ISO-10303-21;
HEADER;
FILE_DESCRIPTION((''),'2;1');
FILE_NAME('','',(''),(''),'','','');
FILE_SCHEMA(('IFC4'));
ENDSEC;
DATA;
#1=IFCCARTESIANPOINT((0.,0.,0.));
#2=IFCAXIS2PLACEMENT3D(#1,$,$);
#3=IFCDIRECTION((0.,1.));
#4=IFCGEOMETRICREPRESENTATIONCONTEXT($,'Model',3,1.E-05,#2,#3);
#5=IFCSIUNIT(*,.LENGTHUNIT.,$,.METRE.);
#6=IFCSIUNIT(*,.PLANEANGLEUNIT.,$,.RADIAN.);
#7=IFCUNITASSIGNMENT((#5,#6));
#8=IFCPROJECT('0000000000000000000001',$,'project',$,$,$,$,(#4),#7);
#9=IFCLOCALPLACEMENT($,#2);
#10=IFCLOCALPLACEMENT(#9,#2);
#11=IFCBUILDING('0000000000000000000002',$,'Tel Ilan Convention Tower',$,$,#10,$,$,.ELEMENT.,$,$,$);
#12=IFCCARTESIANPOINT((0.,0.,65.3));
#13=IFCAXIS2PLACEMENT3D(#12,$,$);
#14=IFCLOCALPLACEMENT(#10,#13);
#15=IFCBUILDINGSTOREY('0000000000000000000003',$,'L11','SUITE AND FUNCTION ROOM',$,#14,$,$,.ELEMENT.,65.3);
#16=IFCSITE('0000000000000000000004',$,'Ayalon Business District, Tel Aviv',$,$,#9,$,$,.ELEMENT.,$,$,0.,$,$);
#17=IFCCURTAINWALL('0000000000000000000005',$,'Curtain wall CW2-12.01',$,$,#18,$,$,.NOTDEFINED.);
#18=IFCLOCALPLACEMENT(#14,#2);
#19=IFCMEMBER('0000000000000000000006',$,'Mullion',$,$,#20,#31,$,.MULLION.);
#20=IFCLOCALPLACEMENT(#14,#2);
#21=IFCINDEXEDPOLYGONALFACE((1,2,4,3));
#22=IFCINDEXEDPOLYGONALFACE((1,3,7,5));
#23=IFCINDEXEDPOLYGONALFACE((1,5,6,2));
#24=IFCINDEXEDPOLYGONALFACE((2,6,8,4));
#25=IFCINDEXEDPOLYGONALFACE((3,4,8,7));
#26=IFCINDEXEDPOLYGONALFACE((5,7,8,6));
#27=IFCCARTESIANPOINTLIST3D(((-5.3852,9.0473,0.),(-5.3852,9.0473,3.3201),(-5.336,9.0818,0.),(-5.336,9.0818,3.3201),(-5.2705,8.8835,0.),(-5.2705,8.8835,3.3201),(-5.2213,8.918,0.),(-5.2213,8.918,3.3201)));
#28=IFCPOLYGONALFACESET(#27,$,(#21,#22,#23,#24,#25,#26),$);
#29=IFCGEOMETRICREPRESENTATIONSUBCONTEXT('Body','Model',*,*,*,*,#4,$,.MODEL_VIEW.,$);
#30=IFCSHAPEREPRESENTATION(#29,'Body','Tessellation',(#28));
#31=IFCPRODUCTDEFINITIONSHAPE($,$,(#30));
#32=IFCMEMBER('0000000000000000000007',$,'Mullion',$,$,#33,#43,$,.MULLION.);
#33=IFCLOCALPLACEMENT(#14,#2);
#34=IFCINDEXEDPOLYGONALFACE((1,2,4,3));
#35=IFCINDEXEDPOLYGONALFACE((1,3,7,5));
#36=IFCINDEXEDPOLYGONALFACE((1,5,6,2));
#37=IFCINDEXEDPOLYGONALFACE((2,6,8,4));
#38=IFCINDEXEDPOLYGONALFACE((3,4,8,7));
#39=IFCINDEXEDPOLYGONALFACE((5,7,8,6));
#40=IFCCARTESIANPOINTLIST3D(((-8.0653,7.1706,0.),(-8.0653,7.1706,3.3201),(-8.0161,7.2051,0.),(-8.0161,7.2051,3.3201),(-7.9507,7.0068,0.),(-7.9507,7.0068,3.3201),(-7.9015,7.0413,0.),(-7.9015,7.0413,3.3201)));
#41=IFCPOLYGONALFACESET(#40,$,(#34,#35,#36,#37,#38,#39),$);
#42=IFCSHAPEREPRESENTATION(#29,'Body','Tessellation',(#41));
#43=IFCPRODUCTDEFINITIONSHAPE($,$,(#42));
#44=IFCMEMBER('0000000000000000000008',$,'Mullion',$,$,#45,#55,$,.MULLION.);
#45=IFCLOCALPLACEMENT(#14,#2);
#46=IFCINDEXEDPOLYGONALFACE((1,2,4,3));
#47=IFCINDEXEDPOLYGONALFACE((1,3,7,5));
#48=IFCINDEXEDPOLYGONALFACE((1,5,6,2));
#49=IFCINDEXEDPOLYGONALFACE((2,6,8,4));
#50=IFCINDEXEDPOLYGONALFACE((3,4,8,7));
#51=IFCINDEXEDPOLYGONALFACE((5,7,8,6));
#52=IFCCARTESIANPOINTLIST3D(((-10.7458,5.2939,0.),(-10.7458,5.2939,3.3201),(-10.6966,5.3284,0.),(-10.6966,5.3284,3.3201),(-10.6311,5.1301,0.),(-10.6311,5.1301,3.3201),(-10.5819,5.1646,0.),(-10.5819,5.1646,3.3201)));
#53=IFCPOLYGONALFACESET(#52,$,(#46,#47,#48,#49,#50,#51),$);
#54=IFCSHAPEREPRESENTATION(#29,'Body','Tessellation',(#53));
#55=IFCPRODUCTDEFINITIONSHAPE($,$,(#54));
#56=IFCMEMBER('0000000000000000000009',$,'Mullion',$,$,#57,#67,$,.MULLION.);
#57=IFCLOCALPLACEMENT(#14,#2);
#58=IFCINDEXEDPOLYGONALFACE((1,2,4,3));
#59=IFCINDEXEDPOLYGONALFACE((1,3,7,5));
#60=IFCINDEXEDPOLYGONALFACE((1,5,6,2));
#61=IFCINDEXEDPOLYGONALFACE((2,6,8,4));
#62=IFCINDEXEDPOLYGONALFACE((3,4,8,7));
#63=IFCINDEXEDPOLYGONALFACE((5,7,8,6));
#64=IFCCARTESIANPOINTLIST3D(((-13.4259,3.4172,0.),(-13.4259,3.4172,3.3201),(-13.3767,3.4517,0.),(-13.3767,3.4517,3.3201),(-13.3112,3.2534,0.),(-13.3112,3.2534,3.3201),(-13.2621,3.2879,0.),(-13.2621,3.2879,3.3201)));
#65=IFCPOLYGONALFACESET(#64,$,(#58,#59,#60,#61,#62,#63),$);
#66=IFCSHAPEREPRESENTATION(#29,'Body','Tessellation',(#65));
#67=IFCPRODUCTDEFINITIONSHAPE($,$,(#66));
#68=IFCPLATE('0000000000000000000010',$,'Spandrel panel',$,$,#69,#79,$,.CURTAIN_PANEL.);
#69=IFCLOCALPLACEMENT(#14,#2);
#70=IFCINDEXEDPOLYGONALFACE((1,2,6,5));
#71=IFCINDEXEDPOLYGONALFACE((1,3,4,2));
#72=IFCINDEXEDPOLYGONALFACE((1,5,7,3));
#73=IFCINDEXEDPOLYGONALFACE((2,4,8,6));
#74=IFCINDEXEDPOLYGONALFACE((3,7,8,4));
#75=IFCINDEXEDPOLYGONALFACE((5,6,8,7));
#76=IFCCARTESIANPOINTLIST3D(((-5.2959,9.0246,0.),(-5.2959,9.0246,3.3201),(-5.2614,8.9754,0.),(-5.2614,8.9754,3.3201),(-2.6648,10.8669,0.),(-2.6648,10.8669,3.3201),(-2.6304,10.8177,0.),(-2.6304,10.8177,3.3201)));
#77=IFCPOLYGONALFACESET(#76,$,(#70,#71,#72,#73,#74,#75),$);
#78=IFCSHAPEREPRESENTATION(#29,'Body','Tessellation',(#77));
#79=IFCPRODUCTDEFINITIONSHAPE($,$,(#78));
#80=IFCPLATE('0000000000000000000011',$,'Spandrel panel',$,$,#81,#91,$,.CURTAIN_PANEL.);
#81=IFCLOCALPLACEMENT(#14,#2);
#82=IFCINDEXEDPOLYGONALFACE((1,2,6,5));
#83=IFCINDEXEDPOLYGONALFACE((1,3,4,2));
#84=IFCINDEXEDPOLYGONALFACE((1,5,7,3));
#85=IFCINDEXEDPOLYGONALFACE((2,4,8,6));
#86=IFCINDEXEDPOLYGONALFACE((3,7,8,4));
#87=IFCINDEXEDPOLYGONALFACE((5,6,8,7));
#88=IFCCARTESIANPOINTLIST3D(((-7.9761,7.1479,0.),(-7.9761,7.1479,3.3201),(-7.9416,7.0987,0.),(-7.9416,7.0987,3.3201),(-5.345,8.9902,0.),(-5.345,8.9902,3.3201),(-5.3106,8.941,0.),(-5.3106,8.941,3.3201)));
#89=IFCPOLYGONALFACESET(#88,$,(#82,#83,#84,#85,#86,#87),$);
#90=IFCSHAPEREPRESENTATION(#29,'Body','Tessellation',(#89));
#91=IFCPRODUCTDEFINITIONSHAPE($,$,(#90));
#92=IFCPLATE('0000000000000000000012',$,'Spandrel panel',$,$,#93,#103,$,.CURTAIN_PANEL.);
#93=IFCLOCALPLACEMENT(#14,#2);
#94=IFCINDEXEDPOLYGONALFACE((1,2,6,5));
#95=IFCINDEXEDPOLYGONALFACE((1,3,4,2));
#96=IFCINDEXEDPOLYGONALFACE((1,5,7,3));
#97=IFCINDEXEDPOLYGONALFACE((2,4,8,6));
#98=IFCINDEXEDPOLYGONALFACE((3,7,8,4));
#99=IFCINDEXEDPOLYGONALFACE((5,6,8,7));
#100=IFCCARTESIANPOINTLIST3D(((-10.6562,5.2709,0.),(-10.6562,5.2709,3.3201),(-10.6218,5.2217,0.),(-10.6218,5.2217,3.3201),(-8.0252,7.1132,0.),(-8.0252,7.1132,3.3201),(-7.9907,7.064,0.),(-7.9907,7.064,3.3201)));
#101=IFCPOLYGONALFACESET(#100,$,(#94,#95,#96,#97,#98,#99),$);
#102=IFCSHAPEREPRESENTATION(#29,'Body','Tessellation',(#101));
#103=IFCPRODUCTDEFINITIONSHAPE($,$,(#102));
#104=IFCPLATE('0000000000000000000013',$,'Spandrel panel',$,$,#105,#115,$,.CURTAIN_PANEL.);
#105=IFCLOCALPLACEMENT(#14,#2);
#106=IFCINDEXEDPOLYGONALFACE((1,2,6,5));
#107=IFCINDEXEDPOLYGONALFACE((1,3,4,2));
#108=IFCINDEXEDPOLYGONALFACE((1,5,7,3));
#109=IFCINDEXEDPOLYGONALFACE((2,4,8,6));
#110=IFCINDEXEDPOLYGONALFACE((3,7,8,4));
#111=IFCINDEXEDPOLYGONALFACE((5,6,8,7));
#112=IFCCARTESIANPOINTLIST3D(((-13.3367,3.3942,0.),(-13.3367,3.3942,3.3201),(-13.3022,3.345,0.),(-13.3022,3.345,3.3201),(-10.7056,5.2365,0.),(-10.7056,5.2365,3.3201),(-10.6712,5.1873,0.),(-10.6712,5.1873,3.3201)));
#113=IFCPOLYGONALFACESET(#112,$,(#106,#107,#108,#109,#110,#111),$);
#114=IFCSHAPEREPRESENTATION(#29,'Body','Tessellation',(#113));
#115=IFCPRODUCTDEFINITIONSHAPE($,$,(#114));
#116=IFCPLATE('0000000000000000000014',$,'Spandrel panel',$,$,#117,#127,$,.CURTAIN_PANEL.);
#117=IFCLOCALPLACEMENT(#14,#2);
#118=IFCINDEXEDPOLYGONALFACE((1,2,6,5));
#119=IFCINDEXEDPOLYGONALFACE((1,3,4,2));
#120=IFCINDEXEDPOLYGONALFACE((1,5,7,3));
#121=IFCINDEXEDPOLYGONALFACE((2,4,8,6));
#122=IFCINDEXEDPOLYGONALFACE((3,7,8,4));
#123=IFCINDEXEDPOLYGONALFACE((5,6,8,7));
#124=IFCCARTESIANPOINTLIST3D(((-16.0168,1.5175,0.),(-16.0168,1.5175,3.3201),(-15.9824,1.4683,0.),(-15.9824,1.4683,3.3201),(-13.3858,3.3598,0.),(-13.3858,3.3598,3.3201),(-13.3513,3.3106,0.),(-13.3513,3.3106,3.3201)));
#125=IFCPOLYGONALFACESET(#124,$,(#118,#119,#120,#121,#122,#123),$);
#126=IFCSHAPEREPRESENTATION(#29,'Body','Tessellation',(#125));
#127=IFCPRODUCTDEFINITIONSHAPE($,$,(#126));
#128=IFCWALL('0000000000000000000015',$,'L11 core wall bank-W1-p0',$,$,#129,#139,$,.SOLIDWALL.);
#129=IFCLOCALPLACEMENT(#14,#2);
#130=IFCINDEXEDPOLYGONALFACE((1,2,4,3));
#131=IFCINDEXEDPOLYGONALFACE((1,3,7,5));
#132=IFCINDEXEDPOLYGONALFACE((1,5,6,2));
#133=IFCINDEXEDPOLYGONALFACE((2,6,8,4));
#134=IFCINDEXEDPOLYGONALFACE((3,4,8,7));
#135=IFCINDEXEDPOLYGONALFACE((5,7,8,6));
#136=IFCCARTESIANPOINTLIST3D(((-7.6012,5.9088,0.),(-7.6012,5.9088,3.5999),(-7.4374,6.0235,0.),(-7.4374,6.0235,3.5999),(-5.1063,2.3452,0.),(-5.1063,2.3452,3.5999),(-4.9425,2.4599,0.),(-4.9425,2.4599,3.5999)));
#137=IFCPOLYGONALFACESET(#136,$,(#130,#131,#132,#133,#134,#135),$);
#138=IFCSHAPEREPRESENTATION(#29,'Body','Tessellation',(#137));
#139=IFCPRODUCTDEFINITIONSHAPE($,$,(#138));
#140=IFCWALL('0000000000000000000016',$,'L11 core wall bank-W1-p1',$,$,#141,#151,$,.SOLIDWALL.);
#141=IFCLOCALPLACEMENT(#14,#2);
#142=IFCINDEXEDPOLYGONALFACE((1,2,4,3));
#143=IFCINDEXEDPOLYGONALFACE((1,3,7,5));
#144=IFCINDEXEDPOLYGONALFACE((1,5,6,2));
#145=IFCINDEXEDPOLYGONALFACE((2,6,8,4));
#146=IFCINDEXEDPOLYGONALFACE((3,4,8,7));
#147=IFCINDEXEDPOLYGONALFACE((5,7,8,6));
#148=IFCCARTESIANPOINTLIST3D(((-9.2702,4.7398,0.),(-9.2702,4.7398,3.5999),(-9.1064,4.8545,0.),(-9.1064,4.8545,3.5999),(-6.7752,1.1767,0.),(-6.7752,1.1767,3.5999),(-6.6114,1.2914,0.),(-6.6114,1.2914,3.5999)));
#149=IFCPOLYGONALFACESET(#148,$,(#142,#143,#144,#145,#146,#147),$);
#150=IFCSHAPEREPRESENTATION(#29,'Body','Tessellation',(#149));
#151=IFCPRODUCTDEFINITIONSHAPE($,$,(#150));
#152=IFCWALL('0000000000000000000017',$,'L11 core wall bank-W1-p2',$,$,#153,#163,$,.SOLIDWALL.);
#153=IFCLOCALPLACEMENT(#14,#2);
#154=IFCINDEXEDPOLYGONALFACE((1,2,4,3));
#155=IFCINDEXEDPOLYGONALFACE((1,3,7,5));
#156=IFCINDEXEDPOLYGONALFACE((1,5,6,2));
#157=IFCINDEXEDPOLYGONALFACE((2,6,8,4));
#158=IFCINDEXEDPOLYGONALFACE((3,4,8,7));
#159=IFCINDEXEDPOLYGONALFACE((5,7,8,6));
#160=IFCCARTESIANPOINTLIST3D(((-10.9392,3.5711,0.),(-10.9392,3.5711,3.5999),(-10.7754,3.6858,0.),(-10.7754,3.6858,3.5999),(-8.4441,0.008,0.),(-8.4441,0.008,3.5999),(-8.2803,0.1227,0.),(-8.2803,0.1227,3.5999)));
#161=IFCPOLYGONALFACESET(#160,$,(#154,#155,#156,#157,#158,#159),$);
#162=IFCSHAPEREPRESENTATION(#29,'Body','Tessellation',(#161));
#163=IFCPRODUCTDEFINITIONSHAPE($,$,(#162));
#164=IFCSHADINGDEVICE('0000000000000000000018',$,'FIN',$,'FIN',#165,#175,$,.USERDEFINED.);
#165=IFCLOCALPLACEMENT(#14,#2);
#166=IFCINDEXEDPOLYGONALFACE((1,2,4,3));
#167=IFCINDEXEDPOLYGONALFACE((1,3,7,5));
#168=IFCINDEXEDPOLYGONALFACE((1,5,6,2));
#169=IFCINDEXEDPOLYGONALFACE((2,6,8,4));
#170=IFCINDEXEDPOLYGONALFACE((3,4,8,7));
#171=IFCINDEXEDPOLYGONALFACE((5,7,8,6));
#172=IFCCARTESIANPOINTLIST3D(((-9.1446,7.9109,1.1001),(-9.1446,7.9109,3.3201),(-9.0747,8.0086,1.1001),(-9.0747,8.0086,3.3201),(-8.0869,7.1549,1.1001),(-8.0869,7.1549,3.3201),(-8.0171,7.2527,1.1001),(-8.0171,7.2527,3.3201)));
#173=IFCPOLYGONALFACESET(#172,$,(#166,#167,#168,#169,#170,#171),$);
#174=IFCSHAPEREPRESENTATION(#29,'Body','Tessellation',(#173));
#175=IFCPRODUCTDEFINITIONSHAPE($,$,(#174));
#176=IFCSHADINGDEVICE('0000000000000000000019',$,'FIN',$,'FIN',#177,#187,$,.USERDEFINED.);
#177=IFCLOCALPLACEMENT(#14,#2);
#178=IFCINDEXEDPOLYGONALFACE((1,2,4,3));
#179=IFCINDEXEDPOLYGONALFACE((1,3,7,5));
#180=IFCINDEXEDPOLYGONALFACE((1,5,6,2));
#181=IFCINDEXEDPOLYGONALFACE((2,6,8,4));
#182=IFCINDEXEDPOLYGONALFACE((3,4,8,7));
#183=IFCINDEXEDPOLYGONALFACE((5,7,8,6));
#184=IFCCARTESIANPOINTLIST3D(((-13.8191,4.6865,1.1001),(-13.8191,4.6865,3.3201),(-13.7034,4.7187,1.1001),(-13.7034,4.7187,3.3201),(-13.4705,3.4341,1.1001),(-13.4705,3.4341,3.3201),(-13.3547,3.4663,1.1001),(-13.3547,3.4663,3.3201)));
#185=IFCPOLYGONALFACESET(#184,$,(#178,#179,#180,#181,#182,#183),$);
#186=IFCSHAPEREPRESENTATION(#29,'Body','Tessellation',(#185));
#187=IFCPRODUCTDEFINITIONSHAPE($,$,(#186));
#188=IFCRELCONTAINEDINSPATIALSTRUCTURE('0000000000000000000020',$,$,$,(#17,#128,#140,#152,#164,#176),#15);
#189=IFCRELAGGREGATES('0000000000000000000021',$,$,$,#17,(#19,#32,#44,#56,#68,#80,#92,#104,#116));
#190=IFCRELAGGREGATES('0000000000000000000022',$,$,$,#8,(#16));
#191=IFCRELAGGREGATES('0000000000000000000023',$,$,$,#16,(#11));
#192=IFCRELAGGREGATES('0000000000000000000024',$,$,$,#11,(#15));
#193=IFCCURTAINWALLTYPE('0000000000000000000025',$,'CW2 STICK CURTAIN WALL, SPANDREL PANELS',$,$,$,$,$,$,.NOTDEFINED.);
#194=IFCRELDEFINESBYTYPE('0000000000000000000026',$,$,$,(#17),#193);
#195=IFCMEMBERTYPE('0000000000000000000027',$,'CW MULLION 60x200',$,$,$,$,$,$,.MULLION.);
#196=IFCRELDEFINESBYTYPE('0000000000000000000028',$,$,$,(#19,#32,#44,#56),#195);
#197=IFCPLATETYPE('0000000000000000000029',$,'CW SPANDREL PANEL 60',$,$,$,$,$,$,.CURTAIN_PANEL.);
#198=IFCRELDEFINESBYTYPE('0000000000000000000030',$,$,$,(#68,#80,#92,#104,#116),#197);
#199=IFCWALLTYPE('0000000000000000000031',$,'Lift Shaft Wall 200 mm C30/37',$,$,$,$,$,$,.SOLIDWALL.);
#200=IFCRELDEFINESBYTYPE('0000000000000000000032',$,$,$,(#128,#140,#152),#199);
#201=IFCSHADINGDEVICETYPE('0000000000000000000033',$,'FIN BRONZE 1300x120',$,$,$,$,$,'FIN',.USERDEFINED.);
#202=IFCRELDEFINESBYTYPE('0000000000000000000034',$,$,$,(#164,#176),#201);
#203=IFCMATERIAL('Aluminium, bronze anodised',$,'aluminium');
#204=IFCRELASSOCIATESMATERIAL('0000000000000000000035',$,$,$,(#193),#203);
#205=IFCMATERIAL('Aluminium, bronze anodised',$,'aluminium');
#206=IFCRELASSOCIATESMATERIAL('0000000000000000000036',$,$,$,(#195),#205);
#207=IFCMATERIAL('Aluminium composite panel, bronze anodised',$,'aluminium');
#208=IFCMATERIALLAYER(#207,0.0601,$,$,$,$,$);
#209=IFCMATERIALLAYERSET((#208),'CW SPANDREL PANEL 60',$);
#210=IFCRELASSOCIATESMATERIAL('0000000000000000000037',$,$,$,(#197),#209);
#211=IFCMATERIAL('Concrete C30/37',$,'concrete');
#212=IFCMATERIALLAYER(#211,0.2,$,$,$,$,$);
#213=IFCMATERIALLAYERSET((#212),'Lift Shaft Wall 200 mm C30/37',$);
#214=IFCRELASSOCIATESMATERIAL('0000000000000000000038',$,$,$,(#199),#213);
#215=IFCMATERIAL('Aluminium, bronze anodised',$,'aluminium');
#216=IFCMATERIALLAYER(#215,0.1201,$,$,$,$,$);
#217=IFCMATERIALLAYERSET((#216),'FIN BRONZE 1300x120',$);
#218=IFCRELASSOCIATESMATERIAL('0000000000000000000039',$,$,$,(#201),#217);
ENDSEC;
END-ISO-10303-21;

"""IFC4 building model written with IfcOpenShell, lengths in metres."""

from ifc_helpers import new_model, si_unit, direction, frame, frame_2d, origin, origin_2d, place, context, subcontext, project, spatial, rectangle, extrude, material, layer, layer_set, material_profile, profile_set, type_object, element, aggregate, save


model = new_model("IFC4")

# Units and contexts
model_context = context("Model", 3, precision=1e-05, world=origin(), true_north=direction((0.0, 1.0)))
body_context = subcontext(model_context, "Body", "Model", "MODEL_VIEW")
ifc_project = project(units=[si_unit("LENGTHUNIT", "METRE"), si_unit("PLANEANGLEUNIT", "RADIAN")], contexts=[model_context])

# Site, building, storey
site_placement = place(None, origin())
site = spatial("IfcSite", under=ifc_project, at=site_placement, Name="Ayalon Business District, Tel Aviv", CompositionType="ELEMENT", RefElevation=0.0)
building_placement = place(site_placement, origin())
building = spatial("IfcBuilding", under=site, at=building_placement, Name="Tel Ilan Convention Tower", CompositionType="ELEMENT")
storey_placement = place(building_placement, frame((0.0, 0.0, 65.3)))
storey = spatial("IfcBuildingStorey", under=building, at=storey_placement, Name="L11", Description="SUITE AND FUNCTION ROOM", CompositionType="ELEMENT", Elevation=65.3)

# Curtain wall, members, plates
ifc_material_1 = material(Name="Aluminium, bronze anodised", Category="aluminium")
curtain_wall_type = type_object("IfcCurtainWallType", Name="CW2 STICK CURTAIN WALL, SPANDREL PANELS", PredefinedType="NOTDEFINED", material=ifc_material_1)
curtain_wall_placement = place(storey_placement, origin())
curtain_wall = element("IfcCurtainWall", 1, at=curtain_wall_placement, inside=storey, type_object=curtain_wall_type, Name="Curtain wall CW2-12.01", PredefinedType="NOTDEFINED")
ifc_material_2 = material(Name="Aluminium, bronze anodised", Category="aluminium")
ifc_material_profile = material_profile(ifc_material_2, rectangle(XDim=0.0601, YDim=0.2, at=origin_2d()), Name="CW MULLION 60x200")
ifc_profile_set = profile_set([ifc_material_profile], Name="Aluminium, bronze anodised")
member_type = type_object("IfcMemberType", Name="CW MULLION 60x200", PredefinedType="MULLION", material=ifc_profile_set)
member_1_placement = place(storey_placement, frame((-5.3032, 8.9827, 0.0), z_axis=(0.0, 0.0, 1.0), x_axis=(-0.819152, -0.573576, 0.0)))
member_1 = element("IfcMember", 2, at=member_1_placement, type_object=member_type, Name="Mullion", PredefinedType="MULLION", context=body_context, shape_type="SweptSolid", body=[
    extrude(rectangle(XDim=0.0601, YDim=0.2, at=origin_2d()), origin(), (0.0, 0.0, 1.0), 3.3201),
])
member_2_placement = place(storey_placement, frame((-7.9834, 7.106, 0.0), z_axis=(0.0, 0.0, 1.0), x_axis=(-0.819152, -0.573576, 0.0)))
member_2 = element("IfcMember", 3, at=member_2_placement, type_object=member_type, Name="Mullion", PredefinedType="MULLION", context=body_context, shape_type="SweptSolid", body=[
    extrude(rectangle(XDim=0.0601, YDim=0.2, at=origin_2d()), origin(), (0.0, 0.0, 1.0), 3.3201),
])
member_3_placement = place(storey_placement, frame((-10.6638, 5.2292, 0.0), z_axis=(0.0, 0.0, 1.0), x_axis=(-0.819152, -0.573576, 0.0)))
member_3 = element("IfcMember", 4, at=member_3_placement, type_object=member_type, Name="Mullion", PredefinedType="MULLION", context=body_context, shape_type="SweptSolid", body=[
    extrude(rectangle(XDim=0.0601, YDim=0.2, at=origin_2d()), origin(), (0.0, 0.0, 1.0), 3.3201),
])
member_4_placement = place(storey_placement, frame((-13.344, 3.3525, 0.0), z_axis=(0.0, 0.0, 1.0), x_axis=(-0.819152, -0.573576, 0.0)))
member_4 = element("IfcMember", 5, at=member_4_placement, type_object=member_type, Name="Mullion", PredefinedType="MULLION", context=body_context, shape_type="SweptSolid", body=[
    extrude(rectangle(XDim=0.0601, YDim=0.2, at=origin_2d()), origin(), (0.0, 0.0, 1.0), 3.3201),
])
ifc_material_3 = material(Name="Aluminium composite panel, bronze anodised", Category="aluminium")
ifc_layer_1 = layer(ifc_material_3, 0.0601)
ifc_layer_set_1 = layer_set([ifc_layer_1], Name="CW SPANDREL PANEL 60")
plate_type = type_object("IfcPlateType", Name="CW SPANDREL PANEL 60", PredefinedType="CURTAIN_PANEL", material=ifc_layer_set_1)
plate_1_placement = place(storey_placement, frame((-3.9631, 9.9211, 0.0), z_axis=(0.0, 0.0, 1.0), x_axis=(-0.819152, -0.573576, 0.0)))
plate_1 = element("IfcPlate", 6, at=plate_1_placement, type_object=plate_type, Name="Spandrel panel", PredefinedType="CURTAIN_PANEL", context=body_context, shape_type="SweptSolid", body=[
    extrude(rectangle(XDim=3.2119, YDim=0.0601, at=origin_2d()), origin(), (0.0, 0.0, 1.0), 3.3201),
])
plate_2_placement = place(storey_placement, frame((-6.6433, 8.0444, 0.0), z_axis=(0.0, 0.0, 1.0), x_axis=(-0.819152, -0.573576, 0.0)))
plate_2 = element("IfcPlate", 7, at=plate_2_placement, type_object=plate_type, Name="Spandrel panel", PredefinedType="CURTAIN_PANEL", context=body_context, shape_type="SweptSolid", body=[
    extrude(rectangle(XDim=3.2119, YDim=0.0601, at=origin_2d()), origin(), (0.0, 0.0, 1.0), 3.3201),
])
plate_3_placement = place(storey_placement, frame((-9.3235, 6.1675, 0.0), z_axis=(0.0, 0.0, 1.0), x_axis=(-0.819152, -0.573576, 0.0)))
plate_3 = element("IfcPlate", 8, at=plate_3_placement, type_object=plate_type, Name="Spandrel panel", PredefinedType="CURTAIN_PANEL", context=body_context, shape_type="SweptSolid", body=[
    extrude(rectangle(XDim=3.2119, YDim=0.0601, at=origin_2d()), origin(), (0.0, 0.0, 1.0), 3.3201),
])
plate_4_placement = place(storey_placement, frame((-12.0039, 4.2908, 0.0), z_axis=(0.0, 0.0, 1.0), x_axis=(-0.819152, -0.573576, 0.0)))
plate_4 = element("IfcPlate", 9, at=plate_4_placement, type_object=plate_type, Name="Spandrel panel", PredefinedType="CURTAIN_PANEL", context=body_context, shape_type="SweptSolid", body=[
    extrude(rectangle(XDim=3.2119, YDim=0.0601, at=origin_2d()), origin(), (0.0, 0.0, 1.0), 3.3201),
])
plate_5_placement = place(storey_placement, frame((-14.6841, 2.4141, 0.0), z_axis=(0.0, 0.0, 1.0), x_axis=(-0.819152, -0.573576, 0.0)))
plate_5 = element("IfcPlate", 10, at=plate_5_placement, type_object=plate_type, Name="Spandrel panel", PredefinedType="CURTAIN_PANEL", context=body_context, shape_type="SweptSolid", body=[
    extrude(rectangle(XDim=3.2119, YDim=0.0601, at=origin_2d()), origin(), (0.0, 0.0, 1.0), 3.3201),
])
aggregate(curtain_wall, [member_1, member_2, member_3, member_4, plate_1, plate_2, plate_3, plate_4, plate_5])

# Walls
ifc_material_4 = material(Name="Concrete C30/37", Category="concrete")
ifc_layer_2 = layer(ifc_material_4, 0.2)
ifc_layer_set_2 = layer_set([ifc_layer_2], Name="Lift Shaft Wall 200 mm C30/37")
wall_type = type_object("IfcWallType", Name="Lift Shaft Wall 200 mm C30/37", PredefinedType="SOLIDWALL", material=ifc_layer_set_2)
wall_placement = place(storey_placement, frame((-5.0244, 2.4026, 0.0), z_axis=(0.0, 0.0, 1.0), x_axis=(-0.57353, 0.819184, 0.0)))
element("IfcWall", 11, at=wall_placement, inside=storey, type_object=wall_type, Name="L11 core wall bank-W1-p0", PredefinedType="SOLIDWALL", context=body_context, shape_type="SweptSolid", body=[
    extrude(rectangle(XDim=4.3501, YDim=0.2, at=frame_2d((2.175, 0.0))), origin(), (0.0, 0.0, 1.0), 3.5999),
])
for number, where, z_axis, x_axis, name in (
    (12, (-6.6934, 1.2341, 0.0), (0.0, 0.0, 1.0), (-0.573594, 0.81914, 0.0), "L11 core wall bank-W1-p1"),
    (13, (-8.3623, 0.0654, 0.0), (0.0, 0.0, 1.0), (-0.573594, 0.81914, 0.0), "L11 core wall bank-W1-p2"),
):
    element("IfcWall", number, at=place(storey_placement, frame(where, z_axis=z_axis, x_axis=x_axis)), inside=storey, type_object=wall_type, Name=name, PredefinedType="SOLIDWALL", context=body_context, shape_type="SweptSolid", body=[
        extrude(rectangle(XDim=4.3499, YDim=0.2, at=frame_2d((2.1748, 0.0))), origin(), (0.0, 0.0, 1.0), 3.5999),
    ])

# Shading devices
ifc_material_5 = material(Name="Aluminium, bronze anodised", Category="aluminium")
ifc_layer_3 = layer(ifc_material_5, 0.1201)
ifc_layer_set_3 = layer_set([ifc_layer_3], Name="FIN BRONZE 1300x120")
shading_device_type = type_object("IfcShadingDeviceType", Name="FIN BRONZE 1300x120", ElementType="FIN", PredefinedType="USERDEFINED", material=ifc_layer_set_3)
for number, where, z_axis, x_axis, name in (
    (14, (-8.5808, 7.5818, 1.1001), (0.0, 0.0, 1.0), (-0.813552, 0.581492, 0.0), "FIN"),
    (15, (-13.5869, 4.0764, 1.1001), (0.0, 0.0, 1.0), (-0.268173, 0.963371, 0.0), "FIN"),
):
    element("IfcShadingDevice", number, at=place(storey_placement, frame(where, z_axis=z_axis, x_axis=x_axis)), inside=storey, type_object=shading_device_type, Name=name, ObjectType="FIN", PredefinedType="USERDEFINED", context=body_context, shape_type="SweptSolid", body=[
        extrude(rectangle(XDim=1.3, YDim=0.1201, at=origin_2d()), origin(), (0.0, 0.0, 1.0), 2.22),
    ])

save(model, "model.ifc")
